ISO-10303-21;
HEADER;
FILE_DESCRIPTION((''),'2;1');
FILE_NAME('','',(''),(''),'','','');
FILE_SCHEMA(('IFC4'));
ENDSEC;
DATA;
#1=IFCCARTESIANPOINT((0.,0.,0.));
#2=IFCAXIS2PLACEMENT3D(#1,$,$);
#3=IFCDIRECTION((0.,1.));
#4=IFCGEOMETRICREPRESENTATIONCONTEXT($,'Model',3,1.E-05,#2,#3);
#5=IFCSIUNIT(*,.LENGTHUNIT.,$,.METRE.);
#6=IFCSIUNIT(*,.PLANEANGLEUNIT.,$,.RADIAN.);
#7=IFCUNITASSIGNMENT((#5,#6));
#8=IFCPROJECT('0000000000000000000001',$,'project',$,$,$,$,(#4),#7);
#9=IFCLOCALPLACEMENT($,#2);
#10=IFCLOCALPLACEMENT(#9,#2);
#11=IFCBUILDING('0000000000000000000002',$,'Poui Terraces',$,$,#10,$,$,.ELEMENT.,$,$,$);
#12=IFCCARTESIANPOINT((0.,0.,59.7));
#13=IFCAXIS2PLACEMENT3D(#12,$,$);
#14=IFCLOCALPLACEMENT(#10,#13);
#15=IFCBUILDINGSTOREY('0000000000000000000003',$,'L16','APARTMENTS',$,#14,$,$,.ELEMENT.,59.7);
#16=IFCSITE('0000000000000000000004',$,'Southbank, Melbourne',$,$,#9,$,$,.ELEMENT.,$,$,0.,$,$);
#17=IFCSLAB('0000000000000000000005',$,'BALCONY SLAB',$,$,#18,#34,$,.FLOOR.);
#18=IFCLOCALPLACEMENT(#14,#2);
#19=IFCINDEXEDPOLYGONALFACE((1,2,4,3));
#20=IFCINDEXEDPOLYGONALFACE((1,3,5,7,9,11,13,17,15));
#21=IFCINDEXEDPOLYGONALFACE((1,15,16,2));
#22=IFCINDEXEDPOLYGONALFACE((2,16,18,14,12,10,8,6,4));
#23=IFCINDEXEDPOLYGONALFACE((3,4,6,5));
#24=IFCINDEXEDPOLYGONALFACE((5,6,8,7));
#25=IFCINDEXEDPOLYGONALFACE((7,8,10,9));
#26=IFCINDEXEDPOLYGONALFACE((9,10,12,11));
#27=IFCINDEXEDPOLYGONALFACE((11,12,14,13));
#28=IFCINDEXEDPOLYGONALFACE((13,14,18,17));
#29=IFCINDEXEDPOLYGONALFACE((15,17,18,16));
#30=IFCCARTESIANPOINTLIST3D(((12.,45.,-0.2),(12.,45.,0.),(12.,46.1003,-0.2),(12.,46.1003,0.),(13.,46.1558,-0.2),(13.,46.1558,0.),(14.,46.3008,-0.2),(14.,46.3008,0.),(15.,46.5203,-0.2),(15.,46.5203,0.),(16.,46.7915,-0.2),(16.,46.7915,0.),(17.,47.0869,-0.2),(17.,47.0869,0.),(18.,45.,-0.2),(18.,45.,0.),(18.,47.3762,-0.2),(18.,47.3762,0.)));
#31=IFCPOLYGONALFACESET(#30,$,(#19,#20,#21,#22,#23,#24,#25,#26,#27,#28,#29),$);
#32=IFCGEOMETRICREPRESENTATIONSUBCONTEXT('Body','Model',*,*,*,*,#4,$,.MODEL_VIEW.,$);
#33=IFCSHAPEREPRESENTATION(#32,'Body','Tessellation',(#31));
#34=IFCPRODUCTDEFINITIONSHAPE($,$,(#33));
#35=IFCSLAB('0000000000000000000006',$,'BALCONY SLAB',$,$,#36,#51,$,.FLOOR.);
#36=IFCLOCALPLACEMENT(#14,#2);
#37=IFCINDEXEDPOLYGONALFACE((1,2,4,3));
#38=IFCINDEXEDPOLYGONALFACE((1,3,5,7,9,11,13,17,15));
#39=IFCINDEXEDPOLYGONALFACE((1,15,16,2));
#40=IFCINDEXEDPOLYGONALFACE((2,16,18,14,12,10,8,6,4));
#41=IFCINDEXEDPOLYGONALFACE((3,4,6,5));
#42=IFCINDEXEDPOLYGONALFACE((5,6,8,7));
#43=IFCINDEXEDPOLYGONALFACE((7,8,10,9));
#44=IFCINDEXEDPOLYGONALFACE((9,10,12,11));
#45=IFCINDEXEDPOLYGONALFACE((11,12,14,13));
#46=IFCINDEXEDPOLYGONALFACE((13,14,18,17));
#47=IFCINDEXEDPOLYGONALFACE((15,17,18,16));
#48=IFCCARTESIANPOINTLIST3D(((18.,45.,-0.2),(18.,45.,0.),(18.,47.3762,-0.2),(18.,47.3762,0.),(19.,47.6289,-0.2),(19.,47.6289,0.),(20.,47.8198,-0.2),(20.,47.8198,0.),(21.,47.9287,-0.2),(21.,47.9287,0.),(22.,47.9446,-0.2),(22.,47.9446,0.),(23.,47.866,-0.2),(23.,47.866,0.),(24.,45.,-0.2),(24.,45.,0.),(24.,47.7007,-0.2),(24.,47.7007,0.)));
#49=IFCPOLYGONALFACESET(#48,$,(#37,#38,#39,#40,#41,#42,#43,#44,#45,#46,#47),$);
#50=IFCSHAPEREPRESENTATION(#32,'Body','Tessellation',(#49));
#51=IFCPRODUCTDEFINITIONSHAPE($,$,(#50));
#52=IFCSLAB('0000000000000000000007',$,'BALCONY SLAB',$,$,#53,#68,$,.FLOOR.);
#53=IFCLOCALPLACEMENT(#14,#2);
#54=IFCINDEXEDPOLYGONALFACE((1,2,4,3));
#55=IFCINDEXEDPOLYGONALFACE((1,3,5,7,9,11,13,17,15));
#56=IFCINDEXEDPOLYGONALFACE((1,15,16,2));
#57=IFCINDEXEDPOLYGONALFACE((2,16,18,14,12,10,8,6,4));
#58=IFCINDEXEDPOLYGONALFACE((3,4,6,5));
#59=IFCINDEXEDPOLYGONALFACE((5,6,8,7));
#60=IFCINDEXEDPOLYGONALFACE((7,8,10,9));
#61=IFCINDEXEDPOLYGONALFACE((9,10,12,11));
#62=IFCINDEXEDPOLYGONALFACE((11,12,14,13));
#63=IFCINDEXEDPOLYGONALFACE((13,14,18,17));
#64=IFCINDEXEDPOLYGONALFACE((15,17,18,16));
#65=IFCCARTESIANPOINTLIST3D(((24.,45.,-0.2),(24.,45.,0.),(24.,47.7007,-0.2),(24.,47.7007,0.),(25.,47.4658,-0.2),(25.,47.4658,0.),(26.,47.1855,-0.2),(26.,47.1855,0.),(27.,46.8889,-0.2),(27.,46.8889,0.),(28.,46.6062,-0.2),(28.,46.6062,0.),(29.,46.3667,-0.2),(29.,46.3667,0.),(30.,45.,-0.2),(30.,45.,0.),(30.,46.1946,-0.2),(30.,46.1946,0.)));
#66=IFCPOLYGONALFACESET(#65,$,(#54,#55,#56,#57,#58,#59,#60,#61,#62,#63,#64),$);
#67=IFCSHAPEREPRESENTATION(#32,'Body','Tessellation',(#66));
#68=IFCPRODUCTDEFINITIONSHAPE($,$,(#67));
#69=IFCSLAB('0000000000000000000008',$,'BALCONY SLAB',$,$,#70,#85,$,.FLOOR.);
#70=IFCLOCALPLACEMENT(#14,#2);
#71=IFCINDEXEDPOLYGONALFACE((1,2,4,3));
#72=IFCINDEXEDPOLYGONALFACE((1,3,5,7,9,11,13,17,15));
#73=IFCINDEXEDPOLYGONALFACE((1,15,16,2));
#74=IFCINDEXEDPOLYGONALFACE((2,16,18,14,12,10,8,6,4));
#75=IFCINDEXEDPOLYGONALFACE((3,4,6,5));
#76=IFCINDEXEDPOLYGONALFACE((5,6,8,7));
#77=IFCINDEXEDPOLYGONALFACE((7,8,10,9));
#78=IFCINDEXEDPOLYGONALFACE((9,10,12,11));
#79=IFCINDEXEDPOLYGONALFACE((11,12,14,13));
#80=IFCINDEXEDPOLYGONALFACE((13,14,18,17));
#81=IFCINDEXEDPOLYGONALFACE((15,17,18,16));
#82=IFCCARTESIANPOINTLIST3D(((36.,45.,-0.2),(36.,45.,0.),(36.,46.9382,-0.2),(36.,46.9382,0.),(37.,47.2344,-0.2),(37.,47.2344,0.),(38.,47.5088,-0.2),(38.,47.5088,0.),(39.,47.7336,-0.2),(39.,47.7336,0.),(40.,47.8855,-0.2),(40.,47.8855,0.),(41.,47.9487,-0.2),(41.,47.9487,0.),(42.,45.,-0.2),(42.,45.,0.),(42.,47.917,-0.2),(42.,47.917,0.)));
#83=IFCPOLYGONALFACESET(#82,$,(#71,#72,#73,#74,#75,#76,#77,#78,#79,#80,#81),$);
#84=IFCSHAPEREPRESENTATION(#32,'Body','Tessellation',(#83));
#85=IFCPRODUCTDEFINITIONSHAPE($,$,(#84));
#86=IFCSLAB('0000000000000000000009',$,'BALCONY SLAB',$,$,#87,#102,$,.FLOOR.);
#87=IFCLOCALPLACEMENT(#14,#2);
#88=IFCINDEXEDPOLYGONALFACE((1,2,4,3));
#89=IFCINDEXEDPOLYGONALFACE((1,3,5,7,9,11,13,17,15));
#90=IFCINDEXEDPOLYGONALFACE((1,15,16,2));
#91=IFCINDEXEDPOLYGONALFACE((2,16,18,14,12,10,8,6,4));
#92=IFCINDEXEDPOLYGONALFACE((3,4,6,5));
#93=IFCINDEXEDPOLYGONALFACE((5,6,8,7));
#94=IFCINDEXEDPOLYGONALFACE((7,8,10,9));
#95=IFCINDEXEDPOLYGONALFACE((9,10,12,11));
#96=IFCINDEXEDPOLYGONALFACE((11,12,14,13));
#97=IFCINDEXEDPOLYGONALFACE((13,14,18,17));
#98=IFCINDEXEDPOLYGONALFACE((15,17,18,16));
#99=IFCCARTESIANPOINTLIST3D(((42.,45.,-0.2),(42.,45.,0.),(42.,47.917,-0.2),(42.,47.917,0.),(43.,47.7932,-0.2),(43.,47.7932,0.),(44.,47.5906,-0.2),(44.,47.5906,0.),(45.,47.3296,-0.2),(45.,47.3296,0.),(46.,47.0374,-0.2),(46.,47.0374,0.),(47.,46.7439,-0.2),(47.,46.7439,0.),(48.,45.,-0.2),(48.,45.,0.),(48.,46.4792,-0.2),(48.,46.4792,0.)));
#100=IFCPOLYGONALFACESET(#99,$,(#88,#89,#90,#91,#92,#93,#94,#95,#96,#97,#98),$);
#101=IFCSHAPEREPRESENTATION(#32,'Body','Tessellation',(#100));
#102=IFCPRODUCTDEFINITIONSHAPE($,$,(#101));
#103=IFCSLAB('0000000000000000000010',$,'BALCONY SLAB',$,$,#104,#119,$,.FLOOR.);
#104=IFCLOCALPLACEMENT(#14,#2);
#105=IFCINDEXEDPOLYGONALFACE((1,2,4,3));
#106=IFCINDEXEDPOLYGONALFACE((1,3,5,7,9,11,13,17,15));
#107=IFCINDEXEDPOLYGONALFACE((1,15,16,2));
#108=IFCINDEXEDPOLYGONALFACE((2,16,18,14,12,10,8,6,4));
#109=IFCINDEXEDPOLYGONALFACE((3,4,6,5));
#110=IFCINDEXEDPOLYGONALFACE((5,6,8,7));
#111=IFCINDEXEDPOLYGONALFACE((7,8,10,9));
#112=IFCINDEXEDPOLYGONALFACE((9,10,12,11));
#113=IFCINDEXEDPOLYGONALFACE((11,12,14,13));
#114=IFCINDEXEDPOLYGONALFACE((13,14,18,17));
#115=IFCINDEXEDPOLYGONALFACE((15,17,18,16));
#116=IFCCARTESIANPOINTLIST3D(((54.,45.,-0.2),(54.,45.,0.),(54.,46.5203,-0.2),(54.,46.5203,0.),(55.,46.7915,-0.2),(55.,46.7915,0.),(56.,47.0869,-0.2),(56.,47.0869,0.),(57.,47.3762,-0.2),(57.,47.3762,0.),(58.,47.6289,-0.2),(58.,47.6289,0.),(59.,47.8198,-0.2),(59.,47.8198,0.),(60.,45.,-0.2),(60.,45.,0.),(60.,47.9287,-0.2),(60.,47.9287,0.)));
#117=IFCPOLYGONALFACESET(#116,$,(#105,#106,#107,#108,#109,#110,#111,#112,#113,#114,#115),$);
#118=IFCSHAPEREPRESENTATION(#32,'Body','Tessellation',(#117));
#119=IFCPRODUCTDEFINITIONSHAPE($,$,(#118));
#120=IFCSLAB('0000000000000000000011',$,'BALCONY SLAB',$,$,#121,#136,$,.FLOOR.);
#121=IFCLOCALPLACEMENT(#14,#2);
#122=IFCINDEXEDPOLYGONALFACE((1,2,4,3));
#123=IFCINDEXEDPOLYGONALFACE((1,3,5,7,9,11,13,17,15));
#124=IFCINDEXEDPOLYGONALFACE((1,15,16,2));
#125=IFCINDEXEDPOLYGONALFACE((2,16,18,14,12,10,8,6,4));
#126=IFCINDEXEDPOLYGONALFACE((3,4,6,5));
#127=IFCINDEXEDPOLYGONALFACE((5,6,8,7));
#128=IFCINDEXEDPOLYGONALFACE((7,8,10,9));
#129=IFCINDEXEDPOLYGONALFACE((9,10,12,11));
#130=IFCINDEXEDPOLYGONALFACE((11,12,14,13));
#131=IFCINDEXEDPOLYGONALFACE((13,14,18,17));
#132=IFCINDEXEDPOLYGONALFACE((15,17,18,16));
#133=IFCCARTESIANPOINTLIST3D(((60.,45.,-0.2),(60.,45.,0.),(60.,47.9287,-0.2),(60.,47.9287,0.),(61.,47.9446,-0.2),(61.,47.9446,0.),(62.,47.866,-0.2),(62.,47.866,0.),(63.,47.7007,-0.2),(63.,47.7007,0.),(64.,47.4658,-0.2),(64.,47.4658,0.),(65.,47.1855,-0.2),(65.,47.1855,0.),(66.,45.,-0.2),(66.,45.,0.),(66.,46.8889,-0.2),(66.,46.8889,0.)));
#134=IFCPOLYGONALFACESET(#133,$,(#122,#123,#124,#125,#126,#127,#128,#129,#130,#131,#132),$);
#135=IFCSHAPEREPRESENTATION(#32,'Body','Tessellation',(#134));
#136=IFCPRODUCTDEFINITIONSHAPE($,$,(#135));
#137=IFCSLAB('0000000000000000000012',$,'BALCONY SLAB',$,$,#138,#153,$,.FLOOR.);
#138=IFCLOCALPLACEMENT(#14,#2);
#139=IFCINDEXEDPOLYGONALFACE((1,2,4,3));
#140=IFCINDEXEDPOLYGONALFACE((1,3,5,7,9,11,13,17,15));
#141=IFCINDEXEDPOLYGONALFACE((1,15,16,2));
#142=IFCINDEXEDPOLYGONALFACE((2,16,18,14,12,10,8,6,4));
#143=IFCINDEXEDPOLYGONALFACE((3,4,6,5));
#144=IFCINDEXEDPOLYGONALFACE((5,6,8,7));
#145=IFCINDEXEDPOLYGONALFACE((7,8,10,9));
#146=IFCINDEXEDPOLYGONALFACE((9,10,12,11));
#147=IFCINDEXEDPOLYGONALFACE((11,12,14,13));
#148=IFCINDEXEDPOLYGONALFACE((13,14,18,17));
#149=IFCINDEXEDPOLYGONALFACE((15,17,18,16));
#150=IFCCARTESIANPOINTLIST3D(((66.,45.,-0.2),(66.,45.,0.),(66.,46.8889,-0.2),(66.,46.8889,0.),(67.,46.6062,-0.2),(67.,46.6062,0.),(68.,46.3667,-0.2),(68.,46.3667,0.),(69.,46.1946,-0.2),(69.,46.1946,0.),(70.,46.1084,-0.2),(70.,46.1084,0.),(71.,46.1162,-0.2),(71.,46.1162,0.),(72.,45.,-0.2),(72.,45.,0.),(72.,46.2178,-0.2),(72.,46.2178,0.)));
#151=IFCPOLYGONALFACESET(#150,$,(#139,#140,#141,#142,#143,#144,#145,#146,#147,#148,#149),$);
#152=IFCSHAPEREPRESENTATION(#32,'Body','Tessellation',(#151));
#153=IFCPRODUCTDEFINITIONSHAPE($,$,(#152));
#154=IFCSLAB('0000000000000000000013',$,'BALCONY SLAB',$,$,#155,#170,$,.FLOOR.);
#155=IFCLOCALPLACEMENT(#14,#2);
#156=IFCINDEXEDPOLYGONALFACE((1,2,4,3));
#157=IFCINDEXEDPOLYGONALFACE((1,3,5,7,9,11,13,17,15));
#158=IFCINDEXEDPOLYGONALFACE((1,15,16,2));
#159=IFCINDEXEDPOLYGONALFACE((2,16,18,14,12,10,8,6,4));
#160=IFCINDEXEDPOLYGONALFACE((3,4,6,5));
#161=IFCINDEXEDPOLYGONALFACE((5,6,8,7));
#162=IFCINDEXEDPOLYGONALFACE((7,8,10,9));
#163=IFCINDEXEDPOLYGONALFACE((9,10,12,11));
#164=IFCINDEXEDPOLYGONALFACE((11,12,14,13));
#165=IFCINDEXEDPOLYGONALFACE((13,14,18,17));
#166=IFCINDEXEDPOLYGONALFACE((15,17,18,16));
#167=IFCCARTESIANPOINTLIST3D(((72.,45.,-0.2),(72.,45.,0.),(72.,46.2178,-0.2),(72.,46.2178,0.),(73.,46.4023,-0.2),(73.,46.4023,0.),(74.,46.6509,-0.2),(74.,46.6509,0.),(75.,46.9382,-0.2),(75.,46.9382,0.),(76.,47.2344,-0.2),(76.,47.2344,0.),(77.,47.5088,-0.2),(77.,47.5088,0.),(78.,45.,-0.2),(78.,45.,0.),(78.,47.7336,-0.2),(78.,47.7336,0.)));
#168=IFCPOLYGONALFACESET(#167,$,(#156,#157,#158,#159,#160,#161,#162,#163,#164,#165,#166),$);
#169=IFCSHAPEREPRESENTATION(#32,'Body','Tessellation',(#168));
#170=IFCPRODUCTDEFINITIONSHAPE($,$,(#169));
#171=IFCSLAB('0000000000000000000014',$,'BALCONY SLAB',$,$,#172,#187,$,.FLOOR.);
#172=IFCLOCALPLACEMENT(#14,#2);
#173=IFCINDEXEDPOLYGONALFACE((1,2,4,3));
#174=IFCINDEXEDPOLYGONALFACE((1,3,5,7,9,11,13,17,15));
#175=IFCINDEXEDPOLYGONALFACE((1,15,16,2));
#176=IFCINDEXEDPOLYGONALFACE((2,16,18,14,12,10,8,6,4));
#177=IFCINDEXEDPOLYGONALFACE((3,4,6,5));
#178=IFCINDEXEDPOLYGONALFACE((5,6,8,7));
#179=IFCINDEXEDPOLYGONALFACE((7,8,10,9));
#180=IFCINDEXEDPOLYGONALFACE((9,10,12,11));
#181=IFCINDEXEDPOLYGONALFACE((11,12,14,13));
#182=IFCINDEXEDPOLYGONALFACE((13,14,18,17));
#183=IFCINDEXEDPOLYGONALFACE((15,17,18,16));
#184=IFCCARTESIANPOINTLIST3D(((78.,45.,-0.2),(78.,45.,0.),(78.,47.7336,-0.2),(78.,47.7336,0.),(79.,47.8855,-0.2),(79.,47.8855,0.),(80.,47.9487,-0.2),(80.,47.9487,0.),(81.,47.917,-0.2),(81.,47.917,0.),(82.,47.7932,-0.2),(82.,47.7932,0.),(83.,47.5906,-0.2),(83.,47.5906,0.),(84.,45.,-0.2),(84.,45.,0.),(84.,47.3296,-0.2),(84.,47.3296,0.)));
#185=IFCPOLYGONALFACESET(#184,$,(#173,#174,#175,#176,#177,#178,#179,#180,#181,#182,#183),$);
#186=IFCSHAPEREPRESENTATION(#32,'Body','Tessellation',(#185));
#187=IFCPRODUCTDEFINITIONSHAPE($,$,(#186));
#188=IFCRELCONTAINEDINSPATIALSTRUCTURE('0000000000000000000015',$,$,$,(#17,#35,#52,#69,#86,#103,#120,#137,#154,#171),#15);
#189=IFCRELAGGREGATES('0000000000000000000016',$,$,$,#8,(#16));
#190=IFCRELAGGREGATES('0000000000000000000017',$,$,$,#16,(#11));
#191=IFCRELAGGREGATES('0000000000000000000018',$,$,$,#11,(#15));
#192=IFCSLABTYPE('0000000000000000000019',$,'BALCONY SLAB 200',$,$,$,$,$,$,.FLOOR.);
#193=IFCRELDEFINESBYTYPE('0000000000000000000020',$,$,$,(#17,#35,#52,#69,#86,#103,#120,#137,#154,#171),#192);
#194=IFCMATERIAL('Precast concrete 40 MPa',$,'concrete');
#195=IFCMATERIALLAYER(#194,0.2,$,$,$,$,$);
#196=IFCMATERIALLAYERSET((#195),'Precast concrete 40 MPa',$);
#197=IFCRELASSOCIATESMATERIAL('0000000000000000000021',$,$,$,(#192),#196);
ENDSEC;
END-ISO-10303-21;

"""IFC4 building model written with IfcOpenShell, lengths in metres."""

from ifc_helpers import new_model, si_unit, direction, frame, origin, place, context, subcontext, project, spatial, polyline, outline, extrude, material, layer, layer_set, type_object, element, save


model = new_model("IFC4")

# Units and contexts
model_context = context("Model", 3, precision=1e-05, world=origin(), true_north=direction((0.0, 1.0)))
body_context = subcontext(model_context, "Body", "Model", "MODEL_VIEW")
ifc_project = project(units=[si_unit("LENGTHUNIT", "METRE"), si_unit("PLANEANGLEUNIT", "RADIAN")], contexts=[model_context])

# Site, building, storey
site_placement = place(None, origin())
site = spatial("IfcSite", under=ifc_project, at=site_placement, Name="Southbank, Melbourne", CompositionType="ELEMENT", RefElevation=0.0)
building_placement = place(site_placement, origin())
building = spatial("IfcBuilding", under=site, at=building_placement, Name="Poui Terraces", CompositionType="ELEMENT")
storey_placement = place(building_placement, frame((0.0, 0.0, 59.7)))
storey = spatial("IfcBuildingStorey", under=building, at=storey_placement, Name="L16", Description="APARTMENTS", CompositionType="ELEMENT", Elevation=59.7)

# Slabs
ifc_material_1 = material(Name="Precast concrete 40 MPa", Category="concrete")
ifc_layer_1 = layer(ifc_material_1, 0.2)
ifc_layer_set_1 = layer_set([ifc_layer_1], Name="Precast concrete 40 MPa")
slab_type_1 = type_object("IfcSlabType", Name="BALCONY SLAB 200", PredefinedType="FLOOR", material=ifc_layer_set_1)
slab_1_placement = place(storey_placement, frame((0.0, 0.0, -0.2)))
element("IfcSlab", 1, at=slab_1_placement, inside=storey, type_object=slab_type_1, Name="BALCONY SLAB", PredefinedType="FLOOR", context=body_context, shape_type="SweptSolid", body=[
    extrude(outline(polyline([(12.0, 45.0), (18.0, 45.0), (18.0, 47.3762), (17.0, 47.0869), (16.0, 46.7915), (15.0, 46.5203), (14.0, 46.3008), (13.0, 46.1558), (12.0, 46.1003), (12.0, 45.0)])), origin(), (0.0, 0.0, 1.0), 0.2),
])
slab_2_placement = place(storey_placement, frame((0.0, 0.0, -0.2)))
element("IfcSlab", 2, at=slab_2_placement, inside=storey, type_object=slab_type_1, Name="BALCONY SLAB", PredefinedType="FLOOR", context=body_context, shape_type="SweptSolid", body=[
    extrude(outline(polyline([(18.0, 45.0), (24.0, 45.0), (24.0, 47.7007), (23.0, 47.866), (22.0, 47.9446), (21.0, 47.9287), (20.0, 47.8198), (19.0, 47.6289), (18.0, 47.3762), (18.0, 45.0)])), origin(), (0.0, 0.0, 1.0), 0.2),
])
slab_3_placement = place(storey_placement, frame((0.0, 0.0, -0.2)))
element("IfcSlab", 3, at=slab_3_placement, inside=storey, type_object=slab_type_1, Name="BALCONY SLAB", PredefinedType="FLOOR", context=body_context, shape_type="SweptSolid", body=[
    extrude(outline(polyline([(24.0, 45.0), (30.0, 45.0), (30.0, 46.1946), (29.0, 46.3667), (28.0, 46.6062), (27.0, 46.8889), (26.0, 47.1855), (25.0, 47.4658), (24.0, 47.7007), (24.0, 45.0)])), origin(), (0.0, 0.0, 1.0), 0.2),
])
slab_4_placement = place(storey_placement, frame((0.0, 0.0, -0.2)))
element("IfcSlab", 4, at=slab_4_placement, inside=storey, type_object=slab_type_1, Name="BALCONY SLAB", PredefinedType="FLOOR", context=body_context, shape_type="SweptSolid", body=[
    extrude(outline(polyline([(36.0, 45.0), (42.0, 45.0), (42.0, 47.917), (41.0, 47.9487), (40.0, 47.8855), (39.0, 47.7336), (38.0, 47.5088), (37.0, 47.2344), (36.0, 46.9382), (36.0, 45.0)])), origin(), (0.0, 0.0, 1.0), 0.2),
])
slab_5_placement = place(storey_placement, frame((0.0, 0.0, -0.2)))
element("IfcSlab", 5, at=slab_5_placement, inside=storey, type_object=slab_type_1, Name="BALCONY SLAB", PredefinedType="FLOOR", context=body_context, shape_type="SweptSolid", body=[
    extrude(outline(polyline([(42.0, 45.0), (48.0, 45.0), (48.0, 46.4792), (47.0, 46.7439), (46.0, 47.0374), (45.0, 47.3296), (44.0, 47.5906), (43.0, 47.7932), (42.0, 47.917), (42.0, 45.0)])), origin(), (0.0, 0.0, 1.0), 0.2),
])
slab_6_placement = place(storey_placement, frame((0.0, 0.0, -0.2)))
element("IfcSlab", 6, at=slab_6_placement, inside=storey, type_object=slab_type_1, Name="BALCONY SLAB", PredefinedType="FLOOR", context=body_context, shape_type="SweptSolid", body=[
    extrude(outline(polyline([(54.0, 45.0), (60.0, 45.0), (60.0, 47.9287), (59.0, 47.8198), (58.0, 47.6289), (57.0, 47.3762), (56.0, 47.0869), (55.0, 46.7915), (54.0, 46.5203), (54.0, 45.0)])), origin(), (0.0, 0.0, 1.0), 0.2),
])
slab_7_placement = place(storey_placement, frame((0.0, 0.0, -0.2)))
element("IfcSlab", 7, at=slab_7_placement, inside=storey, type_object=slab_type_1, Name="BALCONY SLAB", PredefinedType="FLOOR", context=body_context, shape_type="SweptSolid", body=[
    extrude(outline(polyline([(60.0, 45.0), (66.0, 45.0), (66.0, 46.8889), (65.0, 47.1855), (64.0, 47.4658), (63.0, 47.7007), (62.0, 47.866), (61.0, 47.9446), (60.0, 47.9287), (60.0, 45.0)])), origin(), (0.0, 0.0, 1.0), 0.2),
])
slab_8_placement = place(storey_placement, frame((0.0, 0.0, -0.2)))
element("IfcSlab", 8, at=slab_8_placement, inside=storey, type_object=slab_type_1, Name="BALCONY SLAB", PredefinedType="FLOOR", context=body_context, shape_type="SweptSolid", body=[
    extrude(outline(polyline([(66.0, 45.0), (72.0, 45.0), (72.0, 46.2178), (71.0, 46.1162), (70.0, 46.1084), (69.0, 46.1946), (68.0, 46.3667), (67.0, 46.6062), (66.0, 46.8889), (66.0, 45.0)])), origin(), (0.0, 0.0, 1.0), 0.2),
])
slab_9_placement = place(storey_placement, frame((0.0, 0.0, -0.2)))
element("IfcSlab", 9, at=slab_9_placement, inside=storey, type_object=slab_type_1, Name="BALCONY SLAB", PredefinedType="FLOOR", context=body_context, shape_type="SweptSolid", body=[
    extrude(outline(polyline([(72.0, 45.0), (78.0, 45.0), (78.0, 47.7336), (77.0, 47.5088), (76.0, 47.2344), (75.0, 46.9382), (74.0, 46.6509), (73.0, 46.4023), (72.0, 46.2178), (72.0, 45.0)])), origin(), (0.0, 0.0, 1.0), 0.2),
])
slab_10_placement = place(storey_placement, frame((0.0, 0.0, -0.2)))
element("IfcSlab", 10, at=slab_10_placement, inside=storey, type_object=slab_type_1, Name="BALCONY SLAB", PredefinedType="FLOOR", context=body_context, shape_type="SweptSolid", body=[
    extrude(outline(polyline([(78.0, 45.0), (84.0, 45.0), (84.0, 47.3296), (83.0, 47.5906), (82.0, 47.7932), (81.0, 47.917), (80.0, 47.9487), (79.0, 47.8855), (78.0, 47.7336), (78.0, 45.0)])), origin(), (0.0, 0.0, 1.0), 0.2),
])

save(model, "model.ifc")
